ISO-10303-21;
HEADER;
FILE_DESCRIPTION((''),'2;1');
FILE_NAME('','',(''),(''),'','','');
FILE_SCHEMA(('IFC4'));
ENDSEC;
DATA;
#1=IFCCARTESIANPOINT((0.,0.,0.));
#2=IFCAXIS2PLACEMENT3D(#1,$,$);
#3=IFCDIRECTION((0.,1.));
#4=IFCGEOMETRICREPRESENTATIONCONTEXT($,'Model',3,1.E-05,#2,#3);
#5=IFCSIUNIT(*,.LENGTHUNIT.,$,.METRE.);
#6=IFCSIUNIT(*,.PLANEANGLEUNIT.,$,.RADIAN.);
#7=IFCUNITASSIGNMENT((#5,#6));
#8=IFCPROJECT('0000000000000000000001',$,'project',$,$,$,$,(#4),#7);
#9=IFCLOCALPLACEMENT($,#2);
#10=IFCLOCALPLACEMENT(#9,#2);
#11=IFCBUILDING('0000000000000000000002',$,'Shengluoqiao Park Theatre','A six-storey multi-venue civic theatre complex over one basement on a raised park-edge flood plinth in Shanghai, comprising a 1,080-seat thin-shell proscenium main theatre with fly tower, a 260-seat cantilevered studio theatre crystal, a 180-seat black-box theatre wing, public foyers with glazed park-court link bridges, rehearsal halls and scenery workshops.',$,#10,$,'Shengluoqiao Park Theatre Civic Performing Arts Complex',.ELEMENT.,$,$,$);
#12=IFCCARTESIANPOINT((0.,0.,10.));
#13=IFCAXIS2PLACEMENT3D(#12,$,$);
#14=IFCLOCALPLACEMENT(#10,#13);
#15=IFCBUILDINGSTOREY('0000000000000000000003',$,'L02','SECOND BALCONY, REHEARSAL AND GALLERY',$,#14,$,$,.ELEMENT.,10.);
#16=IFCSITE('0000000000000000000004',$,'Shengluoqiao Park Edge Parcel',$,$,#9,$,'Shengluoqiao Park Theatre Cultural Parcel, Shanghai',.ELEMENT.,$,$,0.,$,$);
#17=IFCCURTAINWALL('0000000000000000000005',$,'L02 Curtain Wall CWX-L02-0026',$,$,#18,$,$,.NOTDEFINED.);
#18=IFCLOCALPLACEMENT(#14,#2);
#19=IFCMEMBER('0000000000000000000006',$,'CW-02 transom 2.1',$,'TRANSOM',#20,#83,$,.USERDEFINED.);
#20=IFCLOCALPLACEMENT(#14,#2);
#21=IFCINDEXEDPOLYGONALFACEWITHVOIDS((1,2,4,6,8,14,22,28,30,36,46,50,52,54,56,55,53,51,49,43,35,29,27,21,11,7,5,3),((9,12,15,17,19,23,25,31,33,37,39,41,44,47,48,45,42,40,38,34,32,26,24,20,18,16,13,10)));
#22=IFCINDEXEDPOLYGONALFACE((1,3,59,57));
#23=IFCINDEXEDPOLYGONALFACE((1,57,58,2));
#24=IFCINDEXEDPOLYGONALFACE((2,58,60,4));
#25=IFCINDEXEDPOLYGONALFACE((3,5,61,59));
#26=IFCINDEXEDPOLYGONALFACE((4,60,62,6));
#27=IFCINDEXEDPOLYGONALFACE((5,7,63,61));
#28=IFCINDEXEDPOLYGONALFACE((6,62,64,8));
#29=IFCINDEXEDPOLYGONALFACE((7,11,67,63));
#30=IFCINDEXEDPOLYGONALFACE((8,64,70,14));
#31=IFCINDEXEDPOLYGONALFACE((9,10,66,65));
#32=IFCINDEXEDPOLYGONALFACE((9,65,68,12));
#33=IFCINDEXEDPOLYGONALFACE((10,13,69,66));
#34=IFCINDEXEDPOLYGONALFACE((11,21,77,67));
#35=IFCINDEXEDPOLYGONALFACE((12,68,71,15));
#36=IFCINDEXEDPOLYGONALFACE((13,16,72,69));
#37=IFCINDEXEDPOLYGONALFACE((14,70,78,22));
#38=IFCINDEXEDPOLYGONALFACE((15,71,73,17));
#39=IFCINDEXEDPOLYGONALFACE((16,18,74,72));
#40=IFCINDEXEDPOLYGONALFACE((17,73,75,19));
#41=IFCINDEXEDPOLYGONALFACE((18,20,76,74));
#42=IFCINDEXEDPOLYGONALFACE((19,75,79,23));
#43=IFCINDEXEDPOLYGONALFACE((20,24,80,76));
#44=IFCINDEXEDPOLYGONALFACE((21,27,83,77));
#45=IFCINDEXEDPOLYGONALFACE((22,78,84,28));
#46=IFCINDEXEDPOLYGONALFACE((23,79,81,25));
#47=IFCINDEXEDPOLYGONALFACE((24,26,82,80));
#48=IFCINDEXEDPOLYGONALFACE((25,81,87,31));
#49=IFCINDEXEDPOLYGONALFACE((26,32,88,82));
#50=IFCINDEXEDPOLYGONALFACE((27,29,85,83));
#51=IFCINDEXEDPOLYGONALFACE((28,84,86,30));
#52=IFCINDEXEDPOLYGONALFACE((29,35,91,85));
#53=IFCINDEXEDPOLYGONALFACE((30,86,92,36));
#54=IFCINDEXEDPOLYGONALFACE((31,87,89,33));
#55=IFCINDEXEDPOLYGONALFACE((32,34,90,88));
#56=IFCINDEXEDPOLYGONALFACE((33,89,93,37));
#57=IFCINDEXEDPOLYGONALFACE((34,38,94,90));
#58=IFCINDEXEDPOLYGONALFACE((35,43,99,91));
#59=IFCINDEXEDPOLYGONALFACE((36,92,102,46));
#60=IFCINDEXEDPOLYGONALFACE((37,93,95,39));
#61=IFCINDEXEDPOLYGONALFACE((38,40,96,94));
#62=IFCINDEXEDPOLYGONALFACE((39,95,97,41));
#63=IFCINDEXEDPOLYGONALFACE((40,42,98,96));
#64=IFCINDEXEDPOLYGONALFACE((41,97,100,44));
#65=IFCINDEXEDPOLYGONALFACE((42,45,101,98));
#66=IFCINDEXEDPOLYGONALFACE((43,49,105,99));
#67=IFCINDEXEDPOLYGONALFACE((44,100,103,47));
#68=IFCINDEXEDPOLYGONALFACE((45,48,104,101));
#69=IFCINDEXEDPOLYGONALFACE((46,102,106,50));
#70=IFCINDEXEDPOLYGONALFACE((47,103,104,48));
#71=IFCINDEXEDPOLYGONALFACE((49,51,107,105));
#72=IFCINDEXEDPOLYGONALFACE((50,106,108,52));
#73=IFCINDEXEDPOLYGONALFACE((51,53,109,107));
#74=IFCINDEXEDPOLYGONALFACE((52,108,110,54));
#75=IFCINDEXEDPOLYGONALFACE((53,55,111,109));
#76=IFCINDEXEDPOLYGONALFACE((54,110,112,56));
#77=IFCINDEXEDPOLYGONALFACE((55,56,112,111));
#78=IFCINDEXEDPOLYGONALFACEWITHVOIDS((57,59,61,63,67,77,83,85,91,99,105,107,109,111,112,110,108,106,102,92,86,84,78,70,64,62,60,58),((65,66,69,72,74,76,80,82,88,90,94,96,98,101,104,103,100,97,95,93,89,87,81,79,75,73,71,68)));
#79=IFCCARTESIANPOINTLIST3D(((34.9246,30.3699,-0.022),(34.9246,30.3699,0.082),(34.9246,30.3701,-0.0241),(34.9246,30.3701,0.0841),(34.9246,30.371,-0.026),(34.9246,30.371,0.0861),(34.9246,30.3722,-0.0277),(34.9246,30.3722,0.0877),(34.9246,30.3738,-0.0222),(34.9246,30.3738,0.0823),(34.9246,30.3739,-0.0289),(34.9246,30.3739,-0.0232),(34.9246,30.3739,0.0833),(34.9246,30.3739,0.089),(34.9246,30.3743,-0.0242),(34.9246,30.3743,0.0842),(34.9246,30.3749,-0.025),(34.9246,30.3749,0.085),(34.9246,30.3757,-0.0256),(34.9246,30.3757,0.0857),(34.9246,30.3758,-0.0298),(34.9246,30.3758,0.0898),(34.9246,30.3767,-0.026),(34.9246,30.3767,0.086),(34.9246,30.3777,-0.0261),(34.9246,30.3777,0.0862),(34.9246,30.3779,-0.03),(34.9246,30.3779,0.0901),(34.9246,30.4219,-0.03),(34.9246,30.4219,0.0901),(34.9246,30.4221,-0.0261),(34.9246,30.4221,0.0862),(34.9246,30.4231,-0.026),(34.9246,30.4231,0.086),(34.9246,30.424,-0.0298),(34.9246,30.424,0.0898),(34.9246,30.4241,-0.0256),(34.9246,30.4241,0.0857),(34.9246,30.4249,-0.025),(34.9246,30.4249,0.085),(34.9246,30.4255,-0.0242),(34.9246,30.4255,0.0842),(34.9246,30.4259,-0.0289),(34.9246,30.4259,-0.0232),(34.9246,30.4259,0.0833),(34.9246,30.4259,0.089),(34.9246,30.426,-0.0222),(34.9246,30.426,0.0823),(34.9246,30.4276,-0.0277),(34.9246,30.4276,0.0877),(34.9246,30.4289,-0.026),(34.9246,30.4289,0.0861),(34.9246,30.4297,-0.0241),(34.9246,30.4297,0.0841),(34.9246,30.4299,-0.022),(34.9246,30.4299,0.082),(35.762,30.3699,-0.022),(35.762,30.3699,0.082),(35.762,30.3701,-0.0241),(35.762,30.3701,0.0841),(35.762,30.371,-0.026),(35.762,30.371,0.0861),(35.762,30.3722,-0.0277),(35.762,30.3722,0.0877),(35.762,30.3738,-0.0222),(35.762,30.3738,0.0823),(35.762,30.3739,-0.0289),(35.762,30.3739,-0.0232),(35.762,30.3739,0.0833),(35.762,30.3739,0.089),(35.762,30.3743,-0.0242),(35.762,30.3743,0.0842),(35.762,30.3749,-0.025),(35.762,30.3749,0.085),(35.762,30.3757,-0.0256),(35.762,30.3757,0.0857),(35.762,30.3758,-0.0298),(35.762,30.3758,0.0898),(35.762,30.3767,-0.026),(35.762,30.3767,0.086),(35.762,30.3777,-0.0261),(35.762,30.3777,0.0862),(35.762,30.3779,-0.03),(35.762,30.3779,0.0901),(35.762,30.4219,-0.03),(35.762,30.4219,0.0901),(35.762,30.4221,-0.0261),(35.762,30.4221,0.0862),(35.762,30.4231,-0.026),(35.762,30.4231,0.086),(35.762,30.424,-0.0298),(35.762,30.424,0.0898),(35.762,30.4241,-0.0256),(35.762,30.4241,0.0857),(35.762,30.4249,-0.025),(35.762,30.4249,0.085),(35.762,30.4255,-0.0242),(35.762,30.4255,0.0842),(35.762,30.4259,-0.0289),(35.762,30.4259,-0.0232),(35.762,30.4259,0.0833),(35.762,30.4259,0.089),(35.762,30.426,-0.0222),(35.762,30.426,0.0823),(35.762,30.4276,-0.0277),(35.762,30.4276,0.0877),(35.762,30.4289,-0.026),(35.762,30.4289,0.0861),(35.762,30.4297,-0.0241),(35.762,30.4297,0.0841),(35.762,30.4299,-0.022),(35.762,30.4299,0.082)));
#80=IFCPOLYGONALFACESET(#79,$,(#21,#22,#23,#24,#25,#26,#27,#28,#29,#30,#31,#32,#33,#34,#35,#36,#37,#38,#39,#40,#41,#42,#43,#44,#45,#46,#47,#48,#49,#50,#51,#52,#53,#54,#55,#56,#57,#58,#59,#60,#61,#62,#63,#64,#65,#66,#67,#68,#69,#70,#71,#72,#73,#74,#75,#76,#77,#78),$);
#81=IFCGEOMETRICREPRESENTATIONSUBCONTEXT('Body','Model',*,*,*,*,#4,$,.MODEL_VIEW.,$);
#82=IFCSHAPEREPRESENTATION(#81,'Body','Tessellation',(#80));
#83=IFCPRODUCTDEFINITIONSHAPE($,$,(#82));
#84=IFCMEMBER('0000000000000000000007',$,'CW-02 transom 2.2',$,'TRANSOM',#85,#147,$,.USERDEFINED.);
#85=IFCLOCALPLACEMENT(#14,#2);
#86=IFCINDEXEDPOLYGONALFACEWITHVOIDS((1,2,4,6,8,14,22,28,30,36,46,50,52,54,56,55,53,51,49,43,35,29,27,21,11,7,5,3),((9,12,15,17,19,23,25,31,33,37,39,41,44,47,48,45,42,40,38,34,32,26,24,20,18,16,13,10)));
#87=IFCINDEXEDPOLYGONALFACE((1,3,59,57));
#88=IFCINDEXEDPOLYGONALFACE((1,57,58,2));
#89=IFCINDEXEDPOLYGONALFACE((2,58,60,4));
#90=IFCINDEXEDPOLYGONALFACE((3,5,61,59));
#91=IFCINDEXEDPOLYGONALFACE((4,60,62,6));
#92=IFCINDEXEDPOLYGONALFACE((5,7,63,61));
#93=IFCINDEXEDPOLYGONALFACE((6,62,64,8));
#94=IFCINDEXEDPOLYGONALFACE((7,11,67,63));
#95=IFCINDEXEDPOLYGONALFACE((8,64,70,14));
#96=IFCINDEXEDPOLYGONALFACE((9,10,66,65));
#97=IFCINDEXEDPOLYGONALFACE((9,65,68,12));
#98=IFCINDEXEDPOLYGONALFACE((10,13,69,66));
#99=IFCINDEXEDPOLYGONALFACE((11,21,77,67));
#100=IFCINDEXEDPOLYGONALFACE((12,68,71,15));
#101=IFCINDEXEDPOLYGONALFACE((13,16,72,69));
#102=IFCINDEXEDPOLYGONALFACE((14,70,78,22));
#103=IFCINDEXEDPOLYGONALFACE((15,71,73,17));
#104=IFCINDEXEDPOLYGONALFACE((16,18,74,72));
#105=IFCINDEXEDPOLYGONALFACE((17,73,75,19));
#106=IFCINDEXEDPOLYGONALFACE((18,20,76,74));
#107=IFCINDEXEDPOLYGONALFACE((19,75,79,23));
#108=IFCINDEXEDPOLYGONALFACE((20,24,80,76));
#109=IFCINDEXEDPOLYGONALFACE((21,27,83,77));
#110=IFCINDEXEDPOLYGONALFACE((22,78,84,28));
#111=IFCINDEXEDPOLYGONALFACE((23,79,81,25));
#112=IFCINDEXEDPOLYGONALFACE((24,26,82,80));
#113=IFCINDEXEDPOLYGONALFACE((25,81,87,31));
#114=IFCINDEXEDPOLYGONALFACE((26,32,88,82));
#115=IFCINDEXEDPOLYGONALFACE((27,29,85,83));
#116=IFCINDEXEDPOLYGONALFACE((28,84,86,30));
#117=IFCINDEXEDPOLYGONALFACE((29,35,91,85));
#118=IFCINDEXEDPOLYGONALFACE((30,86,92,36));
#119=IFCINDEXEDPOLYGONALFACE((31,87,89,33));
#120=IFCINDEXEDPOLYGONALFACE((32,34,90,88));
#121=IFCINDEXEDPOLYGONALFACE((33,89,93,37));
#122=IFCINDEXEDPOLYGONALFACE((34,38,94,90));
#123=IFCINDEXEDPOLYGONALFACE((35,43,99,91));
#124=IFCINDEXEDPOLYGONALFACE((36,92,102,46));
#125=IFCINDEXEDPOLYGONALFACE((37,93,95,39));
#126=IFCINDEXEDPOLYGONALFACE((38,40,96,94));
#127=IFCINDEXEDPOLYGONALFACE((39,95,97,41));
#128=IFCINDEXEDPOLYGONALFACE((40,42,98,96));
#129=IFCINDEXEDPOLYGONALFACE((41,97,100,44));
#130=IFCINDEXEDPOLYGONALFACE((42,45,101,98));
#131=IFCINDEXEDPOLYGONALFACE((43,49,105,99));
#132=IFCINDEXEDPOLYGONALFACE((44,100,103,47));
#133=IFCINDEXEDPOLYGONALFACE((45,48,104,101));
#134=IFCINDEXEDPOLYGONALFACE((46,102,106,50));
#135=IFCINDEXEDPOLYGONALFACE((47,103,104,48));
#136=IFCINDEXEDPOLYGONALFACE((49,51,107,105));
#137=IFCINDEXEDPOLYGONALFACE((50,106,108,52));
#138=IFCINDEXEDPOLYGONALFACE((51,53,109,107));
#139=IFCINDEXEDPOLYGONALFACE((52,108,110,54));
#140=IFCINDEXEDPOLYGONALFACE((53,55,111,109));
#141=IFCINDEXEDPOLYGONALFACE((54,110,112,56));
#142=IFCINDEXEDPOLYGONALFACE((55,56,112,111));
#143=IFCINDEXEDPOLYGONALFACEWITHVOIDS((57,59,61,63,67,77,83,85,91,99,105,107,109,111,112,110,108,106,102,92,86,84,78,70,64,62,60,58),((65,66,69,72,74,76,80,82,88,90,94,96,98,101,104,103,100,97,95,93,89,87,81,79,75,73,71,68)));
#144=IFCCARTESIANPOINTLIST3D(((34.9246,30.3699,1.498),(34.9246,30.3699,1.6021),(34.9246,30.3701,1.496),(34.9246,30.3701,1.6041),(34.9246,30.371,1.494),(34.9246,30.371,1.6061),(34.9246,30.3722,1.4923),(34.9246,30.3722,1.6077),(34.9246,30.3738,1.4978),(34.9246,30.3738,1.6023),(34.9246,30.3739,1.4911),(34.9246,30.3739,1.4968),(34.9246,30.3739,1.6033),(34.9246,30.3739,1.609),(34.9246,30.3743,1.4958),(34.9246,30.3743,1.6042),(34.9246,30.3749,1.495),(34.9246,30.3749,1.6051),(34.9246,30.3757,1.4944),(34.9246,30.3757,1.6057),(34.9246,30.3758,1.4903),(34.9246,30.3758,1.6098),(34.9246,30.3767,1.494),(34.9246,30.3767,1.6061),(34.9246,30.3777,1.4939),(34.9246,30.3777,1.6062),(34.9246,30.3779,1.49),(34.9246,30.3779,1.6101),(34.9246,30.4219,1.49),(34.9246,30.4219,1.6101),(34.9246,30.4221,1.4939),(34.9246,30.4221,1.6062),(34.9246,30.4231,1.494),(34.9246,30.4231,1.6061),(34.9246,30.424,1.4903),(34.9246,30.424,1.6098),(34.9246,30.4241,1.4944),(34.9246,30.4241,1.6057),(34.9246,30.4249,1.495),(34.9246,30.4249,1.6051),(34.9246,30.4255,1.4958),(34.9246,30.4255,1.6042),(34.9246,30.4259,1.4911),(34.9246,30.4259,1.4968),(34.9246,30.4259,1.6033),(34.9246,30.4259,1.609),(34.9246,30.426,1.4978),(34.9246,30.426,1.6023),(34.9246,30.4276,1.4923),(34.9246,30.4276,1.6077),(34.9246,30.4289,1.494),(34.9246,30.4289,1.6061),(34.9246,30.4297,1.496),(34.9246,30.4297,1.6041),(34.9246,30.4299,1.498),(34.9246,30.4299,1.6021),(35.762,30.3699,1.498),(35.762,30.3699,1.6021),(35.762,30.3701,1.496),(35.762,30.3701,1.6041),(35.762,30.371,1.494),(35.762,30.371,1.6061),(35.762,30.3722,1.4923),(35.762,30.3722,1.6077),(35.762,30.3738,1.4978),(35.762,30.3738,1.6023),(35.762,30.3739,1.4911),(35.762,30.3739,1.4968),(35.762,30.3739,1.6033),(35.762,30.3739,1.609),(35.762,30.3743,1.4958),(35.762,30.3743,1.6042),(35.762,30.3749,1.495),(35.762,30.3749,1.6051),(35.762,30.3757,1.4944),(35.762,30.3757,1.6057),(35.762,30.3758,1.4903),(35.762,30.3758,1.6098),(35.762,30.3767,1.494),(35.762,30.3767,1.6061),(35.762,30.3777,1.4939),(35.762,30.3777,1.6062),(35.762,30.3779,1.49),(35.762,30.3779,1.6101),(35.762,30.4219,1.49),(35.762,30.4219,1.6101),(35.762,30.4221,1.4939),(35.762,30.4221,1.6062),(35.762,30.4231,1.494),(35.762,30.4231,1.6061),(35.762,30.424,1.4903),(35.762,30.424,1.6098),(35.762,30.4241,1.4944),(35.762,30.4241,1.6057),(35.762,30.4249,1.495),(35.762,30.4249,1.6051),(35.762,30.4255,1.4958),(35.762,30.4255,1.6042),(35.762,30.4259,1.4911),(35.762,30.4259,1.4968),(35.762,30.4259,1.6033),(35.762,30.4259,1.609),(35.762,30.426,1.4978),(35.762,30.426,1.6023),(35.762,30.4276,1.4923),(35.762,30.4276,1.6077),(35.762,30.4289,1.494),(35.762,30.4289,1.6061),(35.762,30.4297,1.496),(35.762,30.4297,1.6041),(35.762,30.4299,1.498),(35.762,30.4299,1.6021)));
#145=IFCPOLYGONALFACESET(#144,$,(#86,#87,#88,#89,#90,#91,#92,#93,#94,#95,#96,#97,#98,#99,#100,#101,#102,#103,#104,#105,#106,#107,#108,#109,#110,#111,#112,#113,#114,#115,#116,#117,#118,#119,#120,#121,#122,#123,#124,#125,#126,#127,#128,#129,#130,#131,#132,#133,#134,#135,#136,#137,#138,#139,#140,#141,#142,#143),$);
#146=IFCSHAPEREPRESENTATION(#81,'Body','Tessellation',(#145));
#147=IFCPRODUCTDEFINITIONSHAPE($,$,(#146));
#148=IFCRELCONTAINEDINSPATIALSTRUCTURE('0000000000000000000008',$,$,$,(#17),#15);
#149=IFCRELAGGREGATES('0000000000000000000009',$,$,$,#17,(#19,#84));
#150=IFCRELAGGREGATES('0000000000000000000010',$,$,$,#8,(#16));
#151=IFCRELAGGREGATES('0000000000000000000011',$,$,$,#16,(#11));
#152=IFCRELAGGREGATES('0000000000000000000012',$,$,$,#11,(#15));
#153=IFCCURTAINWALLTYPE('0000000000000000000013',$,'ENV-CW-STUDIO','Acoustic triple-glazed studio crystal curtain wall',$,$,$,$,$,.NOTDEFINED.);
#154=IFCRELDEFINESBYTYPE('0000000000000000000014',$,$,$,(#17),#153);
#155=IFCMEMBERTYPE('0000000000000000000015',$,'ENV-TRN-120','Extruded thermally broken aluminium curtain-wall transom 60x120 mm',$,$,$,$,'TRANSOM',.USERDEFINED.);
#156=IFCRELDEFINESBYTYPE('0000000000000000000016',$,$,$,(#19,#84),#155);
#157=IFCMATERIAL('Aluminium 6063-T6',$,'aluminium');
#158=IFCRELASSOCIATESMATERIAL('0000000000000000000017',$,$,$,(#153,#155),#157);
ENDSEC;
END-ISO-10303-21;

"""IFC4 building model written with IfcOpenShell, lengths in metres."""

from ifc_helpers import new_model, si_unit, direction, frame, origin, origin_2d, place, context, subcontext, project, spatial, hollow_rectangle, extrude, material, material_profile, profile_set, type_object, element, aggregate, save


model = new_model("IFC4")

# Units and contexts
model_context = context("Model", 3, precision=1e-05, world=origin(), true_north=direction((0.0, 1.0)))
body_context = subcontext(model_context, "Body", "Model", "MODEL_VIEW")
ifc_project = project(units=[si_unit("LENGTHUNIT", "METRE"), si_unit("PLANEANGLEUNIT", "RADIAN")], contexts=[model_context])

# Site, building, storey
site_placement = place(None, origin())
site = spatial("IfcSite", under=ifc_project, at=site_placement, Name="Shengluoqiao Park Edge Parcel", LongName="Shengluoqiao Park Theatre Cultural Parcel, Shanghai", CompositionType="ELEMENT", RefElevation=0.0)
building_placement = place(site_placement, origin())
building = spatial("IfcBuilding", under=site, at=building_placement, Name="Shengluoqiao Park Theatre", Description="A six-storey multi-venue civic theatre complex over one basement on a raised park-edge flood plinth in Shanghai, comprising a 1,080-seat thin-shell proscenium main theatre with fly tower, a 260-seat cantilevered studio theatre crystal, a 180-seat black-box theatre wing, public foyers with glazed park-court link bridges, rehearsal halls and scenery workshops.", LongName="Shengluoqiao Park Theatre Civic Performing Arts Complex", CompositionType="ELEMENT")
storey_placement = place(building_placement, frame((0.0, 0.0, 10.0)))
storey = spatial("IfcBuildingStorey", under=building, at=storey_placement, Name="L02", Description="SECOND BALCONY, REHEARSAL AND GALLERY", CompositionType="ELEMENT", Elevation=10.0)

# Curtain wall
ifc_material_1 = material(Name="Aluminium 6063-T6", Category="aluminium")
curtain_wall_type_1 = type_object("IfcCurtainWallType", Name="ENV-CW-STUDIO", Description="Acoustic triple-glazed studio crystal curtain wall", PredefinedType="NOTDEFINED", material=ifc_material_1)
curtain_wall_1_placement = place(storey_placement, origin())
curtain_wall_1 = element("IfcCurtainWall", 1, at=curtain_wall_1_placement, inside=storey, type_object=curtain_wall_type_1, Name="L02 Curtain Wall CWX-L02-0026", PredefinedType="NOTDEFINED")

# Members
ifc_material_profile_1 = material_profile(ifc_material_1, hollow_rectangle(XDim=0.0601, YDim=0.1201, WallThickness=0.0039, InnerFilletRadius=0.0039, OuterFilletRadius=0.0081, at=origin_2d()), Name="ALU TRANSOM 120x60x4")
ifc_profile_set_1 = profile_set([ifc_material_profile_1], Name="Aluminium 6063-T6")
member_type_1 = type_object("IfcMemberType", Name="ENV-TRN-120", Description="Extruded thermally broken aluminium curtain-wall transom 60x120 mm", ElementType="TRANSOM", PredefinedType="USERDEFINED", material=ifc_profile_set_1)
member_1_placement = place(storey_placement, frame((34.9246, 30.3999, 0.03), z_axis=(1.0, 0.0, 0.0), x_axis=(0.0, 1.0, 0.0)))
member_1 = element("IfcMember", 2, at=member_1_placement, type_object=member_type_1, Name="CW-02 transom 2.1", ObjectType="TRANSOM", PredefinedType="USERDEFINED", context=body_context, shape_type="SweptSolid", body=[
    extrude(hollow_rectangle(XDim=0.0601, YDim=0.1201, WallThickness=0.0039, InnerFilletRadius=0.0039, OuterFilletRadius=0.0081, at=origin_2d()), origin(), (0.0, 0.0, 1.0), 0.8374),
])
member_2_placement = place(storey_placement, frame((34.9246, 30.3999, 1.55), z_axis=(1.0, 0.0, 0.0), x_axis=(0.0, 1.0, 0.0)))
member_2 = element("IfcMember", 3, at=member_2_placement, type_object=member_type_1, Name="CW-02 transom 2.2", ObjectType="TRANSOM", PredefinedType="USERDEFINED", context=body_context, shape_type="SweptSolid", body=[
    extrude(hollow_rectangle(XDim=0.0601, YDim=0.1201, WallThickness=0.0039, InnerFilletRadius=0.0039, OuterFilletRadius=0.0081, at=origin_2d()), origin(), (0.0, 0.0, 1.0), 0.8374),
])

aggregate(curtain_wall_1, [member_1, member_2])

save(model, "model.ifc")
